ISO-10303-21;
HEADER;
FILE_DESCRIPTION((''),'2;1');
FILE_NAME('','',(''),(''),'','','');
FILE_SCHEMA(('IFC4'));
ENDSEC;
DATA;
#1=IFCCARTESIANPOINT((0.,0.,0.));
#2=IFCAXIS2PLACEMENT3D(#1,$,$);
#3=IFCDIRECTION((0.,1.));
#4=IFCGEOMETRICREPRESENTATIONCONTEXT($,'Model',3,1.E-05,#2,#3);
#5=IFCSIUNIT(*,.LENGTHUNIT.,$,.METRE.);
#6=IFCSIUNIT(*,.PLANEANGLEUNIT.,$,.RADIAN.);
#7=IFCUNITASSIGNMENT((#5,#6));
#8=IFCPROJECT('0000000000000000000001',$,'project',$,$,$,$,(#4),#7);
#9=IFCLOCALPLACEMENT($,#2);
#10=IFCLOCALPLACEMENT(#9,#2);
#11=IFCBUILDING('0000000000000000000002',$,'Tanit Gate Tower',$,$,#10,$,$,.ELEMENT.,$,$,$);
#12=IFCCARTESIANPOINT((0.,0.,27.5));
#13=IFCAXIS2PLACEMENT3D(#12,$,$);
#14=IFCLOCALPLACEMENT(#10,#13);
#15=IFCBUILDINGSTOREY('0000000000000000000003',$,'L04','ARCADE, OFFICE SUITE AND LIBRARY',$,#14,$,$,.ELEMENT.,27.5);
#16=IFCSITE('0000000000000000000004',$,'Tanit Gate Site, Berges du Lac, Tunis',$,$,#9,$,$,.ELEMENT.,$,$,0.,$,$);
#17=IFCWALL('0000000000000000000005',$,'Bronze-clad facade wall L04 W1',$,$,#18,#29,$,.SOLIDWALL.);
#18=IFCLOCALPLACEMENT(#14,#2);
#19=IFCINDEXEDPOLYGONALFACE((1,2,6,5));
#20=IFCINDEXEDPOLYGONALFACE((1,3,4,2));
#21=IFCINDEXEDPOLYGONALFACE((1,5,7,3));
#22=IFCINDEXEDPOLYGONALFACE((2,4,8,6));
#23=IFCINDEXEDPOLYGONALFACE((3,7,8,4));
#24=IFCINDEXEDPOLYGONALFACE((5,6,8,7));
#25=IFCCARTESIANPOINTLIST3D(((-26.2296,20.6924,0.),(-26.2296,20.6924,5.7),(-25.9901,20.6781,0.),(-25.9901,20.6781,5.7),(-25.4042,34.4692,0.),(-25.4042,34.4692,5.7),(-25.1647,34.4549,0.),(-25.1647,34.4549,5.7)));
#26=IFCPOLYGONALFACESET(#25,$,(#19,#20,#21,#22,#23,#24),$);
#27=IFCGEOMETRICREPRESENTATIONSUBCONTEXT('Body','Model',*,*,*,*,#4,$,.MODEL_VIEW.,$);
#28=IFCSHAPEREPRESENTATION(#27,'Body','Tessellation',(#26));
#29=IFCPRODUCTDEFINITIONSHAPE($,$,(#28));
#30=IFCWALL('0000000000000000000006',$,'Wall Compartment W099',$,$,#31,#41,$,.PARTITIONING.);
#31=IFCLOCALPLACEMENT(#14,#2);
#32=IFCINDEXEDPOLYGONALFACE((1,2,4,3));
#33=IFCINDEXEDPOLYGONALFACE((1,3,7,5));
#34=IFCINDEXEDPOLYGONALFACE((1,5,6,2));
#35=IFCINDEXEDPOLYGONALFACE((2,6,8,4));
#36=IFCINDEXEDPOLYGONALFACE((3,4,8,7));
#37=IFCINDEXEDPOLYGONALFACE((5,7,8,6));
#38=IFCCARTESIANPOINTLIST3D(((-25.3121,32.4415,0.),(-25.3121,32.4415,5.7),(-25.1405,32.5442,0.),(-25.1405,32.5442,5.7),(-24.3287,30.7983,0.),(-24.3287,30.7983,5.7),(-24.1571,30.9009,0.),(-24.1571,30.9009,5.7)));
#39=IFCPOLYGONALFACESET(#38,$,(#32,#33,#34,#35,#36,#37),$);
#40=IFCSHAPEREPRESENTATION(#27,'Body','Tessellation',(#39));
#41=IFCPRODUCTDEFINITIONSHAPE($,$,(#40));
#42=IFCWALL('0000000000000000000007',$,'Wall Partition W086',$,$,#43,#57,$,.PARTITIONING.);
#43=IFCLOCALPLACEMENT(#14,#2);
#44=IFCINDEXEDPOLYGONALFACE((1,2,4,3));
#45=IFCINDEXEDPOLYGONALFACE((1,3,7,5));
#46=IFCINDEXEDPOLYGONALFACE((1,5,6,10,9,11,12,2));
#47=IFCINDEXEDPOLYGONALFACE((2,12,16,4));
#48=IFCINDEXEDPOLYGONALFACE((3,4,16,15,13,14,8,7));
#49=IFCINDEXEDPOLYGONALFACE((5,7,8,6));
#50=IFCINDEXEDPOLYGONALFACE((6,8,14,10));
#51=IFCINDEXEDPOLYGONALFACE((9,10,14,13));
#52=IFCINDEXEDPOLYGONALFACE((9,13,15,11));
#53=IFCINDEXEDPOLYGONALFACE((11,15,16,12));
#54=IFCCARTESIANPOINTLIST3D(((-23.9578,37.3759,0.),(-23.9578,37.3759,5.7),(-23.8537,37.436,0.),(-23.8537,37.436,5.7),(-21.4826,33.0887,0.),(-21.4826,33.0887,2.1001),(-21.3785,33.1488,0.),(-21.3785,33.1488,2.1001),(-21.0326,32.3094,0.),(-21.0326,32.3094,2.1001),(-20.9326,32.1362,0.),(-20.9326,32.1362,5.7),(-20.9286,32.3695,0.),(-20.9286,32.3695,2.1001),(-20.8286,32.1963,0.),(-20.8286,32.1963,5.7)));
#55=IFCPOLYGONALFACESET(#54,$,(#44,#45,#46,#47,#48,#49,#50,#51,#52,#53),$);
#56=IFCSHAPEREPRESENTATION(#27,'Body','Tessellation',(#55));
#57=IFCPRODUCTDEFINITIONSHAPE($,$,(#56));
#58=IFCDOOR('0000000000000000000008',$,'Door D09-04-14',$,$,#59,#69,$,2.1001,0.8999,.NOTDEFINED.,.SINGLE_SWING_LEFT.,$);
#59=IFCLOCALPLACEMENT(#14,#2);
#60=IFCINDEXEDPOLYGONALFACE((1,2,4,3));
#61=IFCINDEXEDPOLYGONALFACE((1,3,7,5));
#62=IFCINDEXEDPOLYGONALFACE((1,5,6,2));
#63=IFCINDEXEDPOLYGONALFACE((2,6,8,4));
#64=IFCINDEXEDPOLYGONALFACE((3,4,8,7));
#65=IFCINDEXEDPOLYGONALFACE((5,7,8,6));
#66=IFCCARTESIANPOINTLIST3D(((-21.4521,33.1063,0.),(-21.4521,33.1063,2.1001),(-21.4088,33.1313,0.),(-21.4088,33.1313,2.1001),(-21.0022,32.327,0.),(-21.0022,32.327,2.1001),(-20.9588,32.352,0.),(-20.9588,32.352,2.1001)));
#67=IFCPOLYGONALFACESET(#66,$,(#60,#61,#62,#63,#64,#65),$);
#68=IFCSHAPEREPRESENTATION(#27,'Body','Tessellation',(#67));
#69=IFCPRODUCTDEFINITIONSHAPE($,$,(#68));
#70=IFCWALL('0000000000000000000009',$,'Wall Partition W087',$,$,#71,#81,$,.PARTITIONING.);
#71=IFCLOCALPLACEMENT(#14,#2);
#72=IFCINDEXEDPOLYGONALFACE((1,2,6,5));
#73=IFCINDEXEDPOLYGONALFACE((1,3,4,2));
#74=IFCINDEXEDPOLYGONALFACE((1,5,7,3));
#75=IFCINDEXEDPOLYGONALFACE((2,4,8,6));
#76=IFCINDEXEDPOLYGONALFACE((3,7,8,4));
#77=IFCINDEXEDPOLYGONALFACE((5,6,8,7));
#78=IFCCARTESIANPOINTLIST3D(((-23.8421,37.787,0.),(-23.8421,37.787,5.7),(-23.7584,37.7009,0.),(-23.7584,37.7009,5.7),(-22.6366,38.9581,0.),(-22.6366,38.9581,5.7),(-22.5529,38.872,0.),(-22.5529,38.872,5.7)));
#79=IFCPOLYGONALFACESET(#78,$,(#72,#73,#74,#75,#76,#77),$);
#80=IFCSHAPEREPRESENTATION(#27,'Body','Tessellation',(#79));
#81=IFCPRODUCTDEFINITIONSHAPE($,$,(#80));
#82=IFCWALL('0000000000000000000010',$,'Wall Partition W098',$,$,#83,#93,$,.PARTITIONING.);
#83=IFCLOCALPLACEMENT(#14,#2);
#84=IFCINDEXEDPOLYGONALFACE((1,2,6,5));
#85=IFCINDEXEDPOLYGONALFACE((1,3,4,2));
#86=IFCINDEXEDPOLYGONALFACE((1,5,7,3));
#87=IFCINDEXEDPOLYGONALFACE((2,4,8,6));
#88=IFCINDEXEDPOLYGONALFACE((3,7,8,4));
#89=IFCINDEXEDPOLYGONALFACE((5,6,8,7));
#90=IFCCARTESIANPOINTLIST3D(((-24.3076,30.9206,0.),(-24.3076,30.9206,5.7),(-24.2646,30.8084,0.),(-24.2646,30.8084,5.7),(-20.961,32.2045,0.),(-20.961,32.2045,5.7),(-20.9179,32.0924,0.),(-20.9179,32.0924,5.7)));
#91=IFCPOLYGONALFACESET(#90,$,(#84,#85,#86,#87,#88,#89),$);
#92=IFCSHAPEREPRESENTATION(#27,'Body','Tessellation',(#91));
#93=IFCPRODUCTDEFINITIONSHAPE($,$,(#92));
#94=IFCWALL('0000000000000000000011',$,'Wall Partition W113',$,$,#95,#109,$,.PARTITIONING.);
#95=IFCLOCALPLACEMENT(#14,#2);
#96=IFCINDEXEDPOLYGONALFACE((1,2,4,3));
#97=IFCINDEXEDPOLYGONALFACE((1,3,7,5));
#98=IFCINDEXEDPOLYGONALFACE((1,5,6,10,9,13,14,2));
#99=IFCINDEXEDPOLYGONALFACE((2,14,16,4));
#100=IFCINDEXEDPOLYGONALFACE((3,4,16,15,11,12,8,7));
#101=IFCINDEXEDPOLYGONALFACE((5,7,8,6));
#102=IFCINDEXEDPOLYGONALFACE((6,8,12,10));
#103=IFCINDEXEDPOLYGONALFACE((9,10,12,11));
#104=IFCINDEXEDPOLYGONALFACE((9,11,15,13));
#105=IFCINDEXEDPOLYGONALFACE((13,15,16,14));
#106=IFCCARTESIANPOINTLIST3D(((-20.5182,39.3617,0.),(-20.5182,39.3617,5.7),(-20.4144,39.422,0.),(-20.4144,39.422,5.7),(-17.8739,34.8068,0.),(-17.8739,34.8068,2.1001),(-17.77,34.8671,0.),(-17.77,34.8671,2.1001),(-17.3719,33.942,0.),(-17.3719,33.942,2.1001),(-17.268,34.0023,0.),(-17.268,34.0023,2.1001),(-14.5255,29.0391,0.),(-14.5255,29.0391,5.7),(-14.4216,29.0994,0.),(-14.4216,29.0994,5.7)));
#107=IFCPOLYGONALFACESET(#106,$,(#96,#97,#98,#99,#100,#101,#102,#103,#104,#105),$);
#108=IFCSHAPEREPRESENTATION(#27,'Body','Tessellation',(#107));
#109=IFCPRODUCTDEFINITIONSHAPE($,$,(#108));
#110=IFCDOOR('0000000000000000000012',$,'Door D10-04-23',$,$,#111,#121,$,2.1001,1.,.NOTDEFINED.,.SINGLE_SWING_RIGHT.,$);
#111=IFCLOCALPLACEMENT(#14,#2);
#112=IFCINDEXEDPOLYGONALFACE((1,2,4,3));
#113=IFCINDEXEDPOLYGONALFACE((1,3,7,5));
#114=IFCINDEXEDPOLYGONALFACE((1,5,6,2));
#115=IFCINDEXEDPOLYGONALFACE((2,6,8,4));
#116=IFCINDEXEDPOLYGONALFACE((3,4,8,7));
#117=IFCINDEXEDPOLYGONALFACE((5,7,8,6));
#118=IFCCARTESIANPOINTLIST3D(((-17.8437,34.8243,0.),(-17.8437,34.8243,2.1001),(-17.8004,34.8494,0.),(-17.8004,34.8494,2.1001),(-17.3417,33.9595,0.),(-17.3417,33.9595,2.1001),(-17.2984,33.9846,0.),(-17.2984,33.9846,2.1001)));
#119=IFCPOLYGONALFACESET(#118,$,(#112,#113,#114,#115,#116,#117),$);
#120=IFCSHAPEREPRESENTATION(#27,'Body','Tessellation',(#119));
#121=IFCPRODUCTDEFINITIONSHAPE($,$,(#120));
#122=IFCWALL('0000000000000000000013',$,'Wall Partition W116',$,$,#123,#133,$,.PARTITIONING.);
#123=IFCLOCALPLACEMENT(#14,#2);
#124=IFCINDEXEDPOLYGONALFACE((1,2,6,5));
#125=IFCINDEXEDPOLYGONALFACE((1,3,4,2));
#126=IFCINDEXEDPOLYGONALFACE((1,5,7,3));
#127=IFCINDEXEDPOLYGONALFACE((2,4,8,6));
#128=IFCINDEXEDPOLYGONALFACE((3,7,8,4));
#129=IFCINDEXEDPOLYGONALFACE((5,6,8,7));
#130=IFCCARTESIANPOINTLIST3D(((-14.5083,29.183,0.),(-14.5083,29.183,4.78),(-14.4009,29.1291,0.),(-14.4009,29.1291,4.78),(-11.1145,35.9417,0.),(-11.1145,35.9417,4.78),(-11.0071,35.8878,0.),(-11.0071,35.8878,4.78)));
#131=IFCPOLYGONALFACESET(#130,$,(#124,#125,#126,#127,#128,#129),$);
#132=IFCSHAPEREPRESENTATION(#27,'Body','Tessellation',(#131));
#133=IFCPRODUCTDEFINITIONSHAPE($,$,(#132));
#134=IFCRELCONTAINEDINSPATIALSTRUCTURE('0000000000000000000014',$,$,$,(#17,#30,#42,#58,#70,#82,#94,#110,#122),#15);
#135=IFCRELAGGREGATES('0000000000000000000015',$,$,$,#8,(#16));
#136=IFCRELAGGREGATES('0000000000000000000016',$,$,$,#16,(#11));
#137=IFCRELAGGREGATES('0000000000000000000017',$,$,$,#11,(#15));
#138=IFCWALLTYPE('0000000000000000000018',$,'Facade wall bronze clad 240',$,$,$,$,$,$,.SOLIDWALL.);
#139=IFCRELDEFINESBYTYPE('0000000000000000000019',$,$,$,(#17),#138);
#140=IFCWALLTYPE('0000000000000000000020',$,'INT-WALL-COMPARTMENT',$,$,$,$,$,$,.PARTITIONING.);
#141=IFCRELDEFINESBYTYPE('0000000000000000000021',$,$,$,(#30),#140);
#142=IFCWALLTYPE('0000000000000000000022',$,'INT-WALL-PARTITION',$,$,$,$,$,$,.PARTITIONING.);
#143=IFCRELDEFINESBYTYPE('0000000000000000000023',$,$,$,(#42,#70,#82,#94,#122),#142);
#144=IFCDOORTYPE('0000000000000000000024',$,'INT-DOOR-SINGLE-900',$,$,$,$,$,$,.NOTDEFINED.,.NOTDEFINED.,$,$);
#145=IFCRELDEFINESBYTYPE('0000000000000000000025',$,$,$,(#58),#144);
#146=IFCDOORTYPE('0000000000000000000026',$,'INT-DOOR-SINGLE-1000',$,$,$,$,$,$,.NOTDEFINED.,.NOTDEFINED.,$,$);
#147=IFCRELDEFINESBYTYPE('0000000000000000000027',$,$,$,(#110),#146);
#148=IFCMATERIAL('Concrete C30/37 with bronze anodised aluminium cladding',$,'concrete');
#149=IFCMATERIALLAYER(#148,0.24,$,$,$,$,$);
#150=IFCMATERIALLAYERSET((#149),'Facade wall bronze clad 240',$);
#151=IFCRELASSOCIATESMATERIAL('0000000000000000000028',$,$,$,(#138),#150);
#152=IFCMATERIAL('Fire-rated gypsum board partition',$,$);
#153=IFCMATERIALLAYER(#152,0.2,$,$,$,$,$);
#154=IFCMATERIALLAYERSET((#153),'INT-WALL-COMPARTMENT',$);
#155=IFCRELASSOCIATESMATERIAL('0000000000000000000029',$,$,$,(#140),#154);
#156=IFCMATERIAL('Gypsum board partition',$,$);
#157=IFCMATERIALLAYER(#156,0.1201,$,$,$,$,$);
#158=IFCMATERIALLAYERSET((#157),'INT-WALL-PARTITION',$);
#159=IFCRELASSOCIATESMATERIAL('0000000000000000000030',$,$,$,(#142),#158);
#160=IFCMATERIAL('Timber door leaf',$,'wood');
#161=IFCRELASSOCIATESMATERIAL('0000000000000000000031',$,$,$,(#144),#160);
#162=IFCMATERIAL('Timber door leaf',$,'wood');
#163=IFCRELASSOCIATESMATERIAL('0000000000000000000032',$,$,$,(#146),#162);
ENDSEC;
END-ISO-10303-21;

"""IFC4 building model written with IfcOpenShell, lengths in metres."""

from ifc_helpers import new_model, si_unit, direction, frame, frame_2d, origin, place, context, subcontext, project, spatial, rectangle, extrude, material, layer, layer_set, type_object, element, fill, save


model = new_model("IFC4")

# Units and contexts
model_context = context("Model", 3, precision=1e-05, world=origin(), true_north=direction((0.0, 1.0)))
body_context = subcontext(model_context, "Body", "Model", "MODEL_VIEW")
ifc_project = project(units=[si_unit("LENGTHUNIT", "METRE"), si_unit("PLANEANGLEUNIT", "RADIAN")], contexts=[model_context])

# Site, building, storey
site_placement = place(None, origin())
site = spatial("IfcSite", under=ifc_project, at=site_placement, Name="Tanit Gate Site, Berges du Lac, Tunis", CompositionType="ELEMENT", RefElevation=0.0)
building_placement = place(site_placement, origin())
building = spatial("IfcBuilding", under=site, at=building_placement, Name="Tanit Gate Tower", CompositionType="ELEMENT")
storey_placement = place(building_placement, frame((0.0, 0.0, 27.5)))
storey = spatial("IfcBuildingStorey", under=building, at=storey_placement, Name="L04", Description="ARCADE, OFFICE SUITE AND LIBRARY", CompositionType="ELEMENT", Elevation=27.5)

# Walls
ifc_material_1 = material(Name="Concrete C30/37 with bronze anodised aluminium cladding", Category="concrete")
ifc_layer_1 = layer(ifc_material_1, 0.24)
ifc_layer_set_1 = layer_set([ifc_layer_1], Name="Facade wall bronze clad 240")
wall_type_1 = type_object("IfcWallType", Name="Facade wall bronze clad 240", PredefinedType="SOLIDWALL", material=ifc_layer_set_1)
wall_1_placement = place(storey_placement, frame((-25.2844, 34.4622, 0.0), z_axis=(0.0, 0.0, 1.0), x_axis=(-0.059808, -0.99821, 0.0)))
element("IfcWall", 1, at=wall_1_placement, inside=storey, type_object=wall_type_1, Name="Bronze-clad facade wall L04 W1", PredefinedType="SOLIDWALL", context=body_context, shape_type="SweptSolid", body=[
    extrude(rectangle(XDim=13.8015, YDim=0.24, at=frame_2d((6.9009, 0.0))), origin(), (0.0, 0.0, 1.0), 5.7),
])
ifc_material_2 = material(Name="Fire-rated gypsum board partition")
ifc_layer_2 = layer(ifc_material_2, 0.2)
ifc_layer_set_2 = layer_set([ifc_layer_2], Name="INT-WALL-COMPARTMENT")
wall_type_2 = type_object("IfcWallType", Name="INT-WALL-COMPARTMENT", PredefinedType="PARTITIONING", material=ifc_layer_set_2)
wall_2_placement = place(storey_placement, frame((-24.2429, 30.8496, 0.0), z_axis=(0.0, 0.0, 1.0), x_axis=(-0.513502, 0.858089, 0.0)))
element("IfcWall", 2, at=wall_2_placement, inside=storey, type_object=wall_type_2, Name="Wall Compartment W099", PredefinedType="PARTITIONING", context=body_context, shape_type="SweptSolid", body=[
    extrude(rectangle(XDim=1.915, YDim=0.2, at=frame_2d((0.9575, 0.0))), origin(), (0.0, 0.0, 1.0), 5.7),
])

# Wall, opening, door
ifc_material_3 = material(Name="Gypsum board partition")
ifc_layer_3 = layer(ifc_material_3, 0.1201)
ifc_layer_set_3 = layer_set([ifc_layer_3], Name="INT-WALL-PARTITION")
wall_type_3 = type_object("IfcWallType", Name="INT-WALL-PARTITION", PredefinedType="PARTITIONING", material=ifc_layer_set_3)
wall_3_placement = place(storey_placement, frame((-20.8806, 32.1663, 0.0), z_axis=(0.0, 0.0, 1.0), x_axis=(-0.499997, 0.866027, 0.0)))
wall_3 = element("IfcWall", 3, at=wall_3_placement, inside=storey, type_object=wall_type_3, Name="Wall Partition W086", PredefinedType="PARTITIONING", context=body_context, shape_type="SweptSolid", body=[
    extrude(rectangle(XDim=6.0503, YDim=0.1201, at=frame_2d((3.0251, 0.0))), origin(), (0.0, 0.0, 1.0), 5.7),
])
opening_1_placement = place(wall_3_placement, frame((0.2, 0.0, 0.0)))
opening_1 = element("IfcOpeningElement", 4, at=opening_1_placement, cuts=wall_3, PredefinedType="OPENING", context=body_context, shape_type="SweptSolid", body=[
    extrude(rectangle(XDim=0.8999, YDim=2.1001, at=frame_2d((0.45, 1.05))), frame((0.0, 0.0701, 0.0), z_axis=(0.0, -1.0, 0.0), x_axis=(1.0, 0.0, 0.0)), (0.0, 0.0, 1.0), 0.1401),
])
ifc_material_4 = material(Name="Timber door leaf", Category="wood")
door_type_1 = type_object("IfcDoorType", Name="INT-DOOR-SINGLE-900", OperationType="NOTDEFINED", PredefinedType="NOTDEFINED", material=ifc_material_4)
door_1_placement = place(opening_1_placement, origin())
door_1 = element("IfcDoor", 5, at=door_1_placement, inside=storey, type_object=door_type_1, Name="Door D09-04-14", OperationType="SINGLE_SWING_LEFT", OverallHeight=2.1001, OverallWidth=0.8999, PredefinedType="NOTDEFINED", context=body_context, shape_type="SweptSolid", body=[
    extrude(rectangle(XDim=0.8999, YDim=2.1001, at=frame_2d((0.45, 1.05))), frame((0.0, 0.0249, 0.0), z_axis=(0.0, -1.0, 0.0), x_axis=(1.0, 0.0, 0.0)), (0.0, 0.0, 1.0), 0.05),
])
fill(opening_1, door_1)

# Walls
wall_4_placement = place(storey_placement, frame((-22.5947, 38.915, 0.0), z_axis=(0.0, 0.0, 1.0), x_axis=(-0.717273, -0.696792, 0.0)))
element("IfcWall", 6, at=wall_4_placement, inside=storey, type_object=wall_type_3, Name="Wall Partition W087", PredefinedType="PARTITIONING", context=body_context, shape_type="SweptSolid", body=[
    extrude(rectangle(XDim=1.6807, YDim=0.1201, at=frame_2d((0.8403, 0.0))), origin(), (0.0, 0.0, 1.0), 5.7),
])
wall_5_placement = place(storey_placement, frame((-20.9395, 32.1484, 0.0), z_axis=(0.0, 0.0, 1.0), x_axis=(-0.933649, -0.358189, 0.0)))
element("IfcWall", 7, at=wall_5_placement, inside=storey, type_object=wall_type_3, Name="Wall Partition W098", PredefinedType="PARTITIONING", context=body_context, shape_type="SweptSolid", body=[
    extrude(rectangle(XDim=3.5845, YDim=0.1201, at=frame_2d((1.7922, 0.0))), origin(), (0.0, 0.0, 1.0), 5.7),
])

# Wall, opening, door
wall_6_placement = place(storey_placement, frame((-20.4663, 39.3918, 0.0), z_axis=(0.0, 0.0, 1.0), x_axis=(0.50207, -0.864827, 0.0)))
wall_6 = element("IfcWall", 8, at=wall_6_placement, inside=storey, type_object=wall_type_3, Name="Wall Partition W113", PredefinedType="PARTITIONING", context=body_context, shape_type="SweptSolid", body=[
    extrude(rectangle(XDim=11.936, YDim=0.1201, at=frame_2d((5.968, 0.0))), origin(), (0.0, 0.0, 1.0), 5.7),
])
opening_2_placement = place(wall_6_placement, frame((5.2668, 0.0, 0.0)))
opening_2 = element("IfcOpeningElement", 9, at=opening_2_placement, cuts=wall_6, PredefinedType="OPENING", context=body_context, shape_type="SweptSolid", body=[
    extrude(rectangle(XDim=1.0, YDim=2.1001, at=frame_2d((0.5, 1.05))), frame((0.0, 0.0701, 0.0), z_axis=(0.0, -1.0, 0.0), x_axis=(1.0, 0.0, 0.0)), (0.0, 0.0, 1.0), 0.1401),
])
ifc_material_5 = material(Name="Timber door leaf", Category="wood")
door_type_2 = type_object("IfcDoorType", Name="INT-DOOR-SINGLE-1000", OperationType="NOTDEFINED", PredefinedType="NOTDEFINED", material=ifc_material_5)
door_2_placement = place(opening_2_placement, origin())
door_2 = element("IfcDoor", 10, at=door_2_placement, inside=storey, type_object=door_type_2, Name="Door D10-04-23", OperationType="SINGLE_SWING_RIGHT", OverallHeight=2.1001, OverallWidth=1.0, PredefinedType="NOTDEFINED", context=body_context, shape_type="SweptSolid", body=[
    extrude(rectangle(XDim=1.0, YDim=2.1001, at=frame_2d((0.5, 1.05))), frame((0.0, 0.0249, 0.0), z_axis=(0.0, -1.0, 0.0), x_axis=(1.0, 0.0, 0.0)), (0.0, 0.0, 1.0), 0.05),
])
fill(opening_2, door_2)

# Wall
wall_7_placement = place(storey_placement, frame((-11.0608, 35.9148, 0.0), z_axis=(0.0, 0.0, 1.0), x_axis=(-0.448737, -0.893664, 0.0)))
element("IfcWall", 11, at=wall_7_placement, inside=storey, type_object=wall_type_3, Name="Wall Partition W116", PredefinedType="PARTITIONING", context=body_context, shape_type="SweptSolid", body=[
    extrude(rectangle(XDim=7.563, YDim=0.1201, at=frame_2d((3.7815, 0.0))), origin(), (0.0, 0.0, 1.0), 4.78),
])

save(model, "model.ifc")
